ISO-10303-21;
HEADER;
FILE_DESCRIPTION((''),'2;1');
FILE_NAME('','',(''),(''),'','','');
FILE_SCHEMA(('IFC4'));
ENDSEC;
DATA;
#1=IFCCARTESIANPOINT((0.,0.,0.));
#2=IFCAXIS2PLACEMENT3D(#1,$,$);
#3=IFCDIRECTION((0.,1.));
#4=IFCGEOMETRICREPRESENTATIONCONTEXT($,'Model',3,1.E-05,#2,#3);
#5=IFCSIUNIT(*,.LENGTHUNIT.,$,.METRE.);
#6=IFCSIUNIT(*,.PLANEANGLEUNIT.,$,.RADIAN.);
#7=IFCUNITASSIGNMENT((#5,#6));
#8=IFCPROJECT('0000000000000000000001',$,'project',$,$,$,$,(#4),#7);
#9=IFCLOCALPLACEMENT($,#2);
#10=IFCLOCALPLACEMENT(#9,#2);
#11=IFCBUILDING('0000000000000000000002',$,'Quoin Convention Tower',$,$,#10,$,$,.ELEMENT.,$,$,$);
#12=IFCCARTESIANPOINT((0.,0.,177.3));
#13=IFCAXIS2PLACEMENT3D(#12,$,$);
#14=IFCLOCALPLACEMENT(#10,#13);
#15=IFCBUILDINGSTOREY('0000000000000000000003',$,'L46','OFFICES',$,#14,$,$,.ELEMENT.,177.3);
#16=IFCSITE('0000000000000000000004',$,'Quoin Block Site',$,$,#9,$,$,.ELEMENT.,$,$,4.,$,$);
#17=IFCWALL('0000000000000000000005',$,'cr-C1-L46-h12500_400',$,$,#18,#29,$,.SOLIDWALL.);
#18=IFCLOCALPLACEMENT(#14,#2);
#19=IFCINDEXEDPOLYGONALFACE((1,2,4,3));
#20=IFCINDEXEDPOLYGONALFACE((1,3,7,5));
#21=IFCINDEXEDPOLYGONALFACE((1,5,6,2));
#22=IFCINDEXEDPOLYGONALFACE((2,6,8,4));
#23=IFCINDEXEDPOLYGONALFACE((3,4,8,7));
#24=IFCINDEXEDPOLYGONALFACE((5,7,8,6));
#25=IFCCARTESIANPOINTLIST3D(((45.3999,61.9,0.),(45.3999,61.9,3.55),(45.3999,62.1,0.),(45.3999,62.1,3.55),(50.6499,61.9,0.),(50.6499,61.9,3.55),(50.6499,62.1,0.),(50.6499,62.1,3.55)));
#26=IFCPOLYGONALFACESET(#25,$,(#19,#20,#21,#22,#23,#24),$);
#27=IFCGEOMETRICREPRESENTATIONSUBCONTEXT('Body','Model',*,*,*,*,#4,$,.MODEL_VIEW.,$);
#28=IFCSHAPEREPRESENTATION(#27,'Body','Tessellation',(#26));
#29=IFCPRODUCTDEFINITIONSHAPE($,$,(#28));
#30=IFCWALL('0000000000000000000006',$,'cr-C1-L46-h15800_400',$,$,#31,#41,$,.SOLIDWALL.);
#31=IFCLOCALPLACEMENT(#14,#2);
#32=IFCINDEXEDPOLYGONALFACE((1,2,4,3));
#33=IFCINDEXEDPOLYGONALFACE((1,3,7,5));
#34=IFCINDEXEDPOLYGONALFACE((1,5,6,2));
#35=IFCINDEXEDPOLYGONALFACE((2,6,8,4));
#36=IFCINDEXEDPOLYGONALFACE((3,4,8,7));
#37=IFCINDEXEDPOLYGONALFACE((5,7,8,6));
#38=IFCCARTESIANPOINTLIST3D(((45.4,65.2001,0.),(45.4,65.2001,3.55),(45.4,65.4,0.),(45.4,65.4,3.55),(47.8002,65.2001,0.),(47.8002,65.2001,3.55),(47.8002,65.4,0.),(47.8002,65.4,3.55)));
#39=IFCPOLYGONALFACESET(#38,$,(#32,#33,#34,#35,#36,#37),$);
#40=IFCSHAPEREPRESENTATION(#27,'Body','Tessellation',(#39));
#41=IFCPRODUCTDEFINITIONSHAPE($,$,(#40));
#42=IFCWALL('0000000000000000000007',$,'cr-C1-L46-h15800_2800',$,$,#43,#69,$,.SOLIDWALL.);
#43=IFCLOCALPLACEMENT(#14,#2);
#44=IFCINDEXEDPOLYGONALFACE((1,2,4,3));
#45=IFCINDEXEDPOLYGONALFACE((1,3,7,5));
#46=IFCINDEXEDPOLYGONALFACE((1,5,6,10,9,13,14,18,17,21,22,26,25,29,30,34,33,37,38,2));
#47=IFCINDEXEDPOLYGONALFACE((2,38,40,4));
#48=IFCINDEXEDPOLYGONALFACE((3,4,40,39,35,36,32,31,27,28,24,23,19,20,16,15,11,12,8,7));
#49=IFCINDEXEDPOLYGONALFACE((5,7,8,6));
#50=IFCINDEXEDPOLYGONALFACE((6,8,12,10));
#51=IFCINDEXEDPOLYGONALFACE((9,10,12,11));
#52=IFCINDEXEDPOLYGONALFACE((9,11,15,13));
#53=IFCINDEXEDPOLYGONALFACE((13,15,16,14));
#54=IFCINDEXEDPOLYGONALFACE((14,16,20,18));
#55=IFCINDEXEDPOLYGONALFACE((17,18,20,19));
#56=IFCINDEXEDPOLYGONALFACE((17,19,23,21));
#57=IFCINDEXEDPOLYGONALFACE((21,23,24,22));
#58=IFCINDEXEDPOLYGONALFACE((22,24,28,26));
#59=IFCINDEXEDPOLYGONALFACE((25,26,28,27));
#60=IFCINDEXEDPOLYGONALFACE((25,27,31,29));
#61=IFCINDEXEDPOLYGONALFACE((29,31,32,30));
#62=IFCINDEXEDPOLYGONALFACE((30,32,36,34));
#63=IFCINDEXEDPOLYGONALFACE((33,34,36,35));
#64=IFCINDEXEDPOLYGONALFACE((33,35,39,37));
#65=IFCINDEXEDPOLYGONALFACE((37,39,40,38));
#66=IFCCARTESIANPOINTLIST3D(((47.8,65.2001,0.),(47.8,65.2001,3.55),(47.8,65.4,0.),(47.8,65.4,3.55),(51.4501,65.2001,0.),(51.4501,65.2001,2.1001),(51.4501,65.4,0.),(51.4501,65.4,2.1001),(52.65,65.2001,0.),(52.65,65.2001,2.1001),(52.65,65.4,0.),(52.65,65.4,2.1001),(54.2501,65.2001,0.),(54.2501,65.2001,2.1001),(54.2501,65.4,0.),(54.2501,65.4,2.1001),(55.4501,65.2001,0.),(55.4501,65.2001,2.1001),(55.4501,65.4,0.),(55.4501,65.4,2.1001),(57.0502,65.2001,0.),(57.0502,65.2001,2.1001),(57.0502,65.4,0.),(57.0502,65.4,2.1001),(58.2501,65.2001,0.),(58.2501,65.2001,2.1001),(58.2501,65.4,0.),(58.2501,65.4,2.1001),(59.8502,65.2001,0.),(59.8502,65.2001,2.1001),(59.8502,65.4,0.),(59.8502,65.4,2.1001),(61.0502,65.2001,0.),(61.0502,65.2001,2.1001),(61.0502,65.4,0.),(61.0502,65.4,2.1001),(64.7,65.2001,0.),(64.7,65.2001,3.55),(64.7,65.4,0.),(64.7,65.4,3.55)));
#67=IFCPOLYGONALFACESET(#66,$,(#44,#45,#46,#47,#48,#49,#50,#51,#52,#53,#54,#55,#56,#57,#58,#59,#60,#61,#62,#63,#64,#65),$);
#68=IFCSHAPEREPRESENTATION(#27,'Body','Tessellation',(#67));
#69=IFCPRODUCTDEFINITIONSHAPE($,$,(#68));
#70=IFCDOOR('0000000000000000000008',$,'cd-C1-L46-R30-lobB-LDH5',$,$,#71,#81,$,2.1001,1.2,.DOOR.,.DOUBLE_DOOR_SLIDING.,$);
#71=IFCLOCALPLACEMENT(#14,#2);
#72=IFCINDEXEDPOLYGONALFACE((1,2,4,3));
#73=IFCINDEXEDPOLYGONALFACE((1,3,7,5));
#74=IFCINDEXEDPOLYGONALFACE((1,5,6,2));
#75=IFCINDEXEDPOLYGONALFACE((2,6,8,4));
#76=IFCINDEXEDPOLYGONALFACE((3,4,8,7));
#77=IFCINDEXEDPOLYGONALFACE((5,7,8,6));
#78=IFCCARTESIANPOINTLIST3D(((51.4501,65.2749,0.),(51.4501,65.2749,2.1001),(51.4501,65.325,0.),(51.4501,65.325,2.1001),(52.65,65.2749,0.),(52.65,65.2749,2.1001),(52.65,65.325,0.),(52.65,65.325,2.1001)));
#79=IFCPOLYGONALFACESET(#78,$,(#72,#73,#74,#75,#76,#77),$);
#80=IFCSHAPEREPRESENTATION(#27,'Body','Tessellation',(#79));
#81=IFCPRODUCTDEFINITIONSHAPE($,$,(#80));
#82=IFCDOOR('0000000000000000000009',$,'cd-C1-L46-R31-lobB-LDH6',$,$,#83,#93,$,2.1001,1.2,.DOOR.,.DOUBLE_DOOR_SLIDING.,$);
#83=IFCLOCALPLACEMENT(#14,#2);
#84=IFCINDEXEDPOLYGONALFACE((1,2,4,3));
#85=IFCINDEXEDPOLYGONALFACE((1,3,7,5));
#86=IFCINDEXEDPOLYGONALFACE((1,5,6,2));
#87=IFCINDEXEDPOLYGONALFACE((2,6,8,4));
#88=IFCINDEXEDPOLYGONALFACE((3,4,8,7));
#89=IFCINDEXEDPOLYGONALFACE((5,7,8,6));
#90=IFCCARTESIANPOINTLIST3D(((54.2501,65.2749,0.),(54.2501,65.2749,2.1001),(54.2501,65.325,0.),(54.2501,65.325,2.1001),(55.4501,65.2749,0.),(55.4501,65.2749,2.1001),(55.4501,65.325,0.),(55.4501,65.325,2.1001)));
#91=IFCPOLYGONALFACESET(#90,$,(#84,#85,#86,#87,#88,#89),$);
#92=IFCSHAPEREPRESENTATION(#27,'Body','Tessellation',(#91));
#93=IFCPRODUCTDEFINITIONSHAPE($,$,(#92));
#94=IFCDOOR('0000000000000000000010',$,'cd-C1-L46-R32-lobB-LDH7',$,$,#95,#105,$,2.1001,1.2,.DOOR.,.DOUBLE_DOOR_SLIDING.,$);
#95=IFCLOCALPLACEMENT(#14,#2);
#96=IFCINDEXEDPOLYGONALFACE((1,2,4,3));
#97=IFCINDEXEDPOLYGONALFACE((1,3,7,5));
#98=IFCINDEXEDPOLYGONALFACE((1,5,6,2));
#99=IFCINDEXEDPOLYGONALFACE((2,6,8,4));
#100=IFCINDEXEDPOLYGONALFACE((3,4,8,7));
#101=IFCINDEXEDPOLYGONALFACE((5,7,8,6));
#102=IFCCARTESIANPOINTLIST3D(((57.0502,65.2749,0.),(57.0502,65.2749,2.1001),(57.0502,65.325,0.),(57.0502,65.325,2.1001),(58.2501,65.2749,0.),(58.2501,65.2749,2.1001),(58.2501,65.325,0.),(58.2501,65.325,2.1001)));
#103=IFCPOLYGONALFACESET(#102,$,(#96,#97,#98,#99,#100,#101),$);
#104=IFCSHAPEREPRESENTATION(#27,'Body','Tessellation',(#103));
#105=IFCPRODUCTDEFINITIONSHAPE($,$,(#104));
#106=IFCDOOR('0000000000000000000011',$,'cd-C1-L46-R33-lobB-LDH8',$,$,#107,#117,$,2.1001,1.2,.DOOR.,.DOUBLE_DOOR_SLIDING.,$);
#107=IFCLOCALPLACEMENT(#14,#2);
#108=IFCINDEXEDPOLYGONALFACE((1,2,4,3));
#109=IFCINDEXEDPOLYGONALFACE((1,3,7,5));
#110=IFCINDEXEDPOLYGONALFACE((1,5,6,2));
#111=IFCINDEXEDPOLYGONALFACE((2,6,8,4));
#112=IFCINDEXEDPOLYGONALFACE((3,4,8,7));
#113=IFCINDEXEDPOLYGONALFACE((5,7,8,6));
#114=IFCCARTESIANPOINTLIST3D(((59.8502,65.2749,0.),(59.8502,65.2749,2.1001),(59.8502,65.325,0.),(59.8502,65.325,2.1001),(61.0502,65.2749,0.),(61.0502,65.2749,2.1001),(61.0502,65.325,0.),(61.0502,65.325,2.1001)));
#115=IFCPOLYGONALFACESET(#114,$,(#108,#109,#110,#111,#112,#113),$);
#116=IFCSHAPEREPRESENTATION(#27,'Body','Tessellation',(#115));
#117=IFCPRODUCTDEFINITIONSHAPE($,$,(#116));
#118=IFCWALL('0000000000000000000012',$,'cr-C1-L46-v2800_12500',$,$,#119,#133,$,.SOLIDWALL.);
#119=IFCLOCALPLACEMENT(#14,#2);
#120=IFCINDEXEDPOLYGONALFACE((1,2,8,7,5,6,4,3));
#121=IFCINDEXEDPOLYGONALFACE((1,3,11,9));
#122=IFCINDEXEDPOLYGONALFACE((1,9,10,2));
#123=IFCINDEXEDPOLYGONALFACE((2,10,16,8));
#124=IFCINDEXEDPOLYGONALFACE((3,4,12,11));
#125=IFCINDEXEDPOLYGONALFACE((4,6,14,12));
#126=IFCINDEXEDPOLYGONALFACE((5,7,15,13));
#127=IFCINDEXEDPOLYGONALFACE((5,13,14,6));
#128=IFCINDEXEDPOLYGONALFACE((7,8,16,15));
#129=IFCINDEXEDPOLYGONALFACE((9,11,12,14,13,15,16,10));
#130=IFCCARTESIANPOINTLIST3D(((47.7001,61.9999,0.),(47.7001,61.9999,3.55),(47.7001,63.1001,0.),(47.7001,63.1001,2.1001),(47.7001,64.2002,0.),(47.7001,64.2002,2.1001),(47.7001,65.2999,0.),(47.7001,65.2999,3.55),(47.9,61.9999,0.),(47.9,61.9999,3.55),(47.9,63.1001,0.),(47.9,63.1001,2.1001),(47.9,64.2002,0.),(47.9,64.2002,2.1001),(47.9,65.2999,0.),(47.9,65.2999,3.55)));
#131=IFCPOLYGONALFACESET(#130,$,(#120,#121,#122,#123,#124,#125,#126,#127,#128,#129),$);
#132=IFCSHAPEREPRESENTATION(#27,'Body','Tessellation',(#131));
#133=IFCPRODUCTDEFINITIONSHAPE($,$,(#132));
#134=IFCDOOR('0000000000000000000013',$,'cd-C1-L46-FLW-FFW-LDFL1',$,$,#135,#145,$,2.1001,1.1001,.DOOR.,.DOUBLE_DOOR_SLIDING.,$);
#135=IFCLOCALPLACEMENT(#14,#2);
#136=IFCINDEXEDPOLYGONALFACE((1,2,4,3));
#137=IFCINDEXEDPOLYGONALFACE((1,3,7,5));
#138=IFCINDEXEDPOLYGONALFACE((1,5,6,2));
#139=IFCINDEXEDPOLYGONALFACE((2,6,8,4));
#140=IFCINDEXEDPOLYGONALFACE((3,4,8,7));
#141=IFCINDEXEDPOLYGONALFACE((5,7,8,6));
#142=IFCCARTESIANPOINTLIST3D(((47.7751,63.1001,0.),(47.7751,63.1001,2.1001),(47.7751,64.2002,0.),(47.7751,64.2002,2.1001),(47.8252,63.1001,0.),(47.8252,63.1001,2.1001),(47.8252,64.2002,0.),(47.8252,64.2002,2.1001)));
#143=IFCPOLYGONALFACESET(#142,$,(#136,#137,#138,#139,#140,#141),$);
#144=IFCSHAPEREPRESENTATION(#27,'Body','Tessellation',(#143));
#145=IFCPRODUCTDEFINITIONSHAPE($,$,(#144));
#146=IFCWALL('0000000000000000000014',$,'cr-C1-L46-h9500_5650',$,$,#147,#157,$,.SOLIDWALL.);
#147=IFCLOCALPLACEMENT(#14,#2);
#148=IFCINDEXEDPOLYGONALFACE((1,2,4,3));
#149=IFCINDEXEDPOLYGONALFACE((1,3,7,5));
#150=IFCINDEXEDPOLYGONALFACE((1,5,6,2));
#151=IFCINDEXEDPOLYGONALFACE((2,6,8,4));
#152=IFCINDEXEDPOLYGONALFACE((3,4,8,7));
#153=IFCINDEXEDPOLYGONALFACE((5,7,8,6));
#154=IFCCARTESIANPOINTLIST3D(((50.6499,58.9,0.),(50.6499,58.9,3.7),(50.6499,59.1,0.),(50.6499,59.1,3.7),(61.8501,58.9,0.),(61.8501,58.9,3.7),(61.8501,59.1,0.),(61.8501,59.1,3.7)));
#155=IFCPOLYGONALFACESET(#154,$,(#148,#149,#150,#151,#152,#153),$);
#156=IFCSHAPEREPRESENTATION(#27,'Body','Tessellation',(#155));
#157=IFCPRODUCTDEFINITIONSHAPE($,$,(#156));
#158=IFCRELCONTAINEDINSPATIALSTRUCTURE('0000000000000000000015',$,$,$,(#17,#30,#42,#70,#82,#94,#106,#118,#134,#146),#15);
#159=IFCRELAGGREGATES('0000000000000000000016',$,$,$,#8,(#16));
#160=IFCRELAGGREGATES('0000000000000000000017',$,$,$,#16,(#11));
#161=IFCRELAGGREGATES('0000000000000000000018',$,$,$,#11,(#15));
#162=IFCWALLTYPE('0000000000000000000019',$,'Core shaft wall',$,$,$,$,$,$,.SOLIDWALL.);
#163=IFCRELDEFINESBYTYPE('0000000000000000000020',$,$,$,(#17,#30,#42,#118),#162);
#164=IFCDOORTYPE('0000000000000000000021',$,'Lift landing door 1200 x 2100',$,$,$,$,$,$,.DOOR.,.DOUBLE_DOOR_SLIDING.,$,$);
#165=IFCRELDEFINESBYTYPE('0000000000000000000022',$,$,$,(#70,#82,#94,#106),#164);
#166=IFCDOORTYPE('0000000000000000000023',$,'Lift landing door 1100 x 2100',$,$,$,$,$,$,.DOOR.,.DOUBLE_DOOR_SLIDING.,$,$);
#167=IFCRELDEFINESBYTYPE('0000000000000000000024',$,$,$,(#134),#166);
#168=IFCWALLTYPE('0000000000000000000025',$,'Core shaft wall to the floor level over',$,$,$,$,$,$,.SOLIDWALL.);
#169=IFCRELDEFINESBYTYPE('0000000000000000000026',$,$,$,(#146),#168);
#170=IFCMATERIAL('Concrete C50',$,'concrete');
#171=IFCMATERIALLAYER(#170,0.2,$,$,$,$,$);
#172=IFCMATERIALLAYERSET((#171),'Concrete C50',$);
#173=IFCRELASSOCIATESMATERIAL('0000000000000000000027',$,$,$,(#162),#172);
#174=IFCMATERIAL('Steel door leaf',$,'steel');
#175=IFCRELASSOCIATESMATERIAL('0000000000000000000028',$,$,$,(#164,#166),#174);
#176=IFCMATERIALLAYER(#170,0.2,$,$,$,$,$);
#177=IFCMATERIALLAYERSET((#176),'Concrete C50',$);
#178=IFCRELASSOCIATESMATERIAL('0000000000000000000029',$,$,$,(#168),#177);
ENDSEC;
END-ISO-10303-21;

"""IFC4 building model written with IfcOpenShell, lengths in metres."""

from ifc_helpers import new_model, si_unit, direction, frame, frame_2d, origin, place, context, subcontext, project, spatial, rectangle, extrude, material, layer, layer_set, type_object, element, fill, save


model = new_model("IFC4")

# Units and contexts
model_context = context("Model", 3, precision=1e-05, world=origin(), true_north=direction((0.0, 1.0)))
body_context = subcontext(model_context, "Body", "Model", "MODEL_VIEW")
ifc_project = project(units=[si_unit("LENGTHUNIT", "METRE"), si_unit("PLANEANGLEUNIT", "RADIAN")], contexts=[model_context])

# Site, building, storey
site_placement = place(None, origin())
site = spatial("IfcSite", under=ifc_project, at=site_placement, Name="Quoin Block Site", CompositionType="ELEMENT", RefElevation=4.0)
building_placement = place(site_placement, origin())
building = spatial("IfcBuilding", under=site, at=building_placement, Name="Quoin Convention Tower", CompositionType="ELEMENT")
storey_placement = place(building_placement, frame((0.0, 0.0, 177.3)))
storey = spatial("IfcBuildingStorey", under=building, at=storey_placement, Name="L46", Description="OFFICES", CompositionType="ELEMENT", Elevation=177.3)

# Shared definitions
ifc_material_1 = material(Name="Steel door leaf", Category="steel")

# Walls
ifc_material_2 = material(Name="Concrete C50", Category="concrete")
ifc_layer_1 = layer(ifc_material_2, 0.2)
ifc_layer_set_1 = layer_set([ifc_layer_1], Name="Concrete C50")
wall_type_1 = type_object("IfcWallType", Name="Core shaft wall", PredefinedType="SOLIDWALL", material=ifc_layer_set_1)
wall_1_placement = place(storey_placement, frame((45.3999, 62.0, 0.0), z_axis=(0.0, 0.0, 1.0), x_axis=(1.0, 0.0, 0.0)))
element("IfcWall", 1, at=wall_1_placement, inside=storey, type_object=wall_type_1, Name="cr-C1-L46-h12500_400", PredefinedType="SOLIDWALL", context=body_context, shape_type="SweptSolid", body=[
    extrude(rectangle(XDim=5.25, YDim=0.2, at=frame_2d((2.625, 0.0))), origin(), (0.0, 0.0, 1.0), 3.55),
])
wall_2_placement = place(storey_placement, frame((45.3999, 65.3, 0.0), z_axis=(0.0, 0.0, 1.0), x_axis=(1.0, 0.0, 0.0)))
element("IfcWall", 2, at=wall_2_placement, inside=storey, type_object=wall_type_1, Name="cr-C1-L46-h15800_400", PredefinedType="SOLIDWALL", context=body_context, shape_type="SweptSolid", body=[
    extrude(rectangle(XDim=2.4001, YDim=0.2, at=frame_2d((1.2002, 0.0))), origin(), (0.0, 0.0, 1.0), 3.55),
])

# Wall, openings, doors
wall_3_placement = place(storey_placement, frame((47.8, 65.3, 0.0), z_axis=(0.0, 0.0, 1.0), x_axis=(1.0, 0.0, 0.0)))
wall_3 = element("IfcWall", 3, at=wall_3_placement, inside=storey, type_object=wall_type_1, Name="cr-C1-L46-h15800_2800", PredefinedType="SOLIDWALL", context=body_context, shape_type="SweptSolid", body=[
    extrude(rectangle(XDim=16.8999, YDim=0.2, at=frame_2d((8.45, 0.0))), origin(), (0.0, 0.0, 1.0), 3.55),
])
opening_1_placement = place(wall_3_placement, frame((3.6499, 0.0, 0.0)))
opening_1 = element("IfcOpeningElement", 4, at=opening_1_placement, cuts=wall_3, PredefinedType="OPENING", context=body_context, shape_type="SweptSolid", body=[
    extrude(rectangle(XDim=1.2, YDim=2.1001, at=frame_2d((0.6001, 1.05))), frame((0.0, 0.1099, 0.0), z_axis=(0.0, -1.0, 0.0), x_axis=(1.0, 0.0, 0.0)), (0.0, 0.0, 1.0), 0.22),
])
opening_2_placement = place(wall_3_placement, frame((6.45, 0.0, 0.0)))
opening_2 = element("IfcOpeningElement", 5, at=opening_2_placement, cuts=wall_3, PredefinedType="OPENING", context=body_context, shape_type="SweptSolid", body=[
    extrude(rectangle(XDim=1.2, YDim=2.1001, at=frame_2d((0.6001, 1.05))), frame((0.0, 0.1099, 0.0), z_axis=(0.0, -1.0, 0.0), x_axis=(1.0, 0.0, 0.0)), (0.0, 0.0, 1.0), 0.22),
])
opening_3_placement = place(wall_3_placement, frame((9.25, 0.0, 0.0)))
opening_3 = element("IfcOpeningElement", 6, at=opening_3_placement, cuts=wall_3, PredefinedType="OPENING", context=body_context, shape_type="SweptSolid", body=[
    extrude(rectangle(XDim=1.2, YDim=2.1001, at=frame_2d((0.6001, 1.05))), frame((0.0, 0.1099, 0.0), z_axis=(0.0, -1.0, 0.0), x_axis=(1.0, 0.0, 0.0)), (0.0, 0.0, 1.0), 0.22),
])
opening_4_placement = place(wall_3_placement, frame((12.05, 0.0, 0.0)))
opening_4 = element("IfcOpeningElement", 7, at=opening_4_placement, cuts=wall_3, PredefinedType="OPENING", context=body_context, shape_type="SweptSolid", body=[
    extrude(rectangle(XDim=1.2, YDim=2.1001, at=frame_2d((0.6001, 1.05))), frame((0.0, 0.1099, 0.0), z_axis=(0.0, -1.0, 0.0), x_axis=(1.0, 0.0, 0.0)), (0.0, 0.0, 1.0), 0.22),
])
door_type_1 = type_object("IfcDoorType", Name="Lift landing door 1200 x 2100", OperationType="DOUBLE_DOOR_SLIDING", PredefinedType="DOOR", material=ifc_material_1)
door_1_placement = place(opening_1_placement, origin())
door_1 = element("IfcDoor", 8, at=door_1_placement, inside=storey, type_object=door_type_1, Name="cd-C1-L46-R30-lobB-LDH5", OperationType="DOUBLE_DOOR_SLIDING", OverallHeight=2.1001, OverallWidth=1.2, PredefinedType="DOOR", context=body_context, shape_type="SweptSolid", body=[
    extrude(rectangle(XDim=1.2, YDim=2.1001, at=frame_2d((0.6001, 1.05))), frame((0.0, 0.0249, 0.0), z_axis=(0.0, -1.0, 0.0), x_axis=(1.0, 0.0, 0.0)), (0.0, 0.0, 1.0), 0.05),
])
fill(opening_1, door_1)
door_2_placement = place(opening_2_placement, origin())
door_2 = element("IfcDoor", 9, at=door_2_placement, inside=storey, type_object=door_type_1, Name="cd-C1-L46-R31-lobB-LDH6", OperationType="DOUBLE_DOOR_SLIDING", OverallHeight=2.1001, OverallWidth=1.2, PredefinedType="DOOR", context=body_context, shape_type="SweptSolid", body=[
    extrude(rectangle(XDim=1.2, YDim=2.1001, at=frame_2d((0.6001, 1.05))), frame((0.0, 0.0249, 0.0), z_axis=(0.0, -1.0, 0.0), x_axis=(1.0, 0.0, 0.0)), (0.0, 0.0, 1.0), 0.05),
])
fill(opening_2, door_2)
door_3_placement = place(opening_3_placement, origin())
door_3 = element("IfcDoor", 10, at=door_3_placement, inside=storey, type_object=door_type_1, Name="cd-C1-L46-R32-lobB-LDH7", OperationType="DOUBLE_DOOR_SLIDING", OverallHeight=2.1001, OverallWidth=1.2, PredefinedType="DOOR", context=body_context, shape_type="SweptSolid", body=[
    extrude(rectangle(XDim=1.2, YDim=2.1001, at=frame_2d((0.6001, 1.05))), frame((0.0, 0.0249, 0.0), z_axis=(0.0, -1.0, 0.0), x_axis=(1.0, 0.0, 0.0)), (0.0, 0.0, 1.0), 0.05),
])
fill(opening_3, door_3)
door_4_placement = place(opening_4_placement, origin())
door_4 = element("IfcDoor", 11, at=door_4_placement, inside=storey, type_object=door_type_1, Name="cd-C1-L46-R33-lobB-LDH8", OperationType="DOUBLE_DOOR_SLIDING", OverallHeight=2.1001, OverallWidth=1.2, PredefinedType="DOOR", context=body_context, shape_type="SweptSolid", body=[
    extrude(rectangle(XDim=1.2, YDim=2.1001, at=frame_2d((0.6001, 1.05))), frame((0.0, 0.0249, 0.0), z_axis=(0.0, -1.0, 0.0), x_axis=(1.0, 0.0, 0.0)), (0.0, 0.0, 1.0), 0.05),
])
fill(opening_4, door_4)

# Wall, opening, door
wall_4_placement = place(storey_placement, frame((47.8, 62.0, 0.0), z_axis=(0.0, 0.0, 1.0), x_axis=(0.0, 1.0, 0.0)))
wall_4 = element("IfcWall", 12, at=wall_4_placement, inside=storey, type_object=wall_type_1, Name="cr-C1-L46-v2800_12500", PredefinedType="SOLIDWALL", context=body_context, shape_type="SweptSolid", body=[
    extrude(rectangle(XDim=3.3, YDim=0.2, at=frame_2d((1.6499, 0.0))), origin(), (0.0, 0.0, 1.0), 3.55),
])
opening_5_placement = place(wall_4_placement, frame((1.1001, 0.0, 0.0)))
opening_5 = element("IfcOpeningElement", 13, at=opening_5_placement, cuts=wall_4, PredefinedType="OPENING", context=body_context, shape_type="SweptSolid", body=[
    extrude(rectangle(XDim=1.1001, YDim=2.1001, at=frame_2d((0.55, 1.05))), frame((0.0, 0.1099, 0.0), z_axis=(0.0, -1.0, 0.0), x_axis=(1.0, 0.0, 0.0)), (0.0, 0.0, 1.0), 0.22),
])
door_type_2 = type_object("IfcDoorType", Name="Lift landing door 1100 x 2100", OperationType="DOUBLE_DOOR_SLIDING", PredefinedType="DOOR", material=ifc_material_1)
door_5_placement = place(opening_5_placement, origin())
door_5 = element("IfcDoor", 14, at=door_5_placement, inside=storey, type_object=door_type_2, Name="cd-C1-L46-FLW-FFW-LDFL1", OperationType="DOUBLE_DOOR_SLIDING", OverallHeight=2.1001, OverallWidth=1.1001, PredefinedType="DOOR", context=body_context, shape_type="SweptSolid", body=[
    extrude(rectangle(XDim=1.1001, YDim=2.1001, at=frame_2d((0.55, 1.05))), frame((0.0, 0.0249, 0.0), z_axis=(0.0, -1.0, 0.0), x_axis=(1.0, 0.0, 0.0)), (0.0, 0.0, 1.0), 0.05),
])
fill(opening_5, door_5)

# Wall
ifc_layer_2 = layer(ifc_material_2, 0.2)
ifc_layer_set_2 = layer_set([ifc_layer_2], Name="Concrete C50")
wall_type_2 = type_object("IfcWallType", Name="Core shaft wall to the floor level over", PredefinedType="SOLIDWALL", material=ifc_layer_set_2)
wall_5_placement = place(storey_placement, frame((50.6499, 59.0, 0.0), z_axis=(0.0, 0.0, 1.0), x_axis=(1.0, 0.0, 0.0)))
element("IfcWall", 15, at=wall_5_placement, inside=storey, type_object=wall_type_2, Name="cr-C1-L46-h9500_5650", PredefinedType="SOLIDWALL", context=body_context, shape_type="SweptSolid", body=[
    extrude(rectangle(XDim=11.2002, YDim=0.2, at=frame_2d((5.6001, 0.0))), origin(), (0.0, 0.0, 1.0), 3.7),
])

save(model, "model.ifc")
